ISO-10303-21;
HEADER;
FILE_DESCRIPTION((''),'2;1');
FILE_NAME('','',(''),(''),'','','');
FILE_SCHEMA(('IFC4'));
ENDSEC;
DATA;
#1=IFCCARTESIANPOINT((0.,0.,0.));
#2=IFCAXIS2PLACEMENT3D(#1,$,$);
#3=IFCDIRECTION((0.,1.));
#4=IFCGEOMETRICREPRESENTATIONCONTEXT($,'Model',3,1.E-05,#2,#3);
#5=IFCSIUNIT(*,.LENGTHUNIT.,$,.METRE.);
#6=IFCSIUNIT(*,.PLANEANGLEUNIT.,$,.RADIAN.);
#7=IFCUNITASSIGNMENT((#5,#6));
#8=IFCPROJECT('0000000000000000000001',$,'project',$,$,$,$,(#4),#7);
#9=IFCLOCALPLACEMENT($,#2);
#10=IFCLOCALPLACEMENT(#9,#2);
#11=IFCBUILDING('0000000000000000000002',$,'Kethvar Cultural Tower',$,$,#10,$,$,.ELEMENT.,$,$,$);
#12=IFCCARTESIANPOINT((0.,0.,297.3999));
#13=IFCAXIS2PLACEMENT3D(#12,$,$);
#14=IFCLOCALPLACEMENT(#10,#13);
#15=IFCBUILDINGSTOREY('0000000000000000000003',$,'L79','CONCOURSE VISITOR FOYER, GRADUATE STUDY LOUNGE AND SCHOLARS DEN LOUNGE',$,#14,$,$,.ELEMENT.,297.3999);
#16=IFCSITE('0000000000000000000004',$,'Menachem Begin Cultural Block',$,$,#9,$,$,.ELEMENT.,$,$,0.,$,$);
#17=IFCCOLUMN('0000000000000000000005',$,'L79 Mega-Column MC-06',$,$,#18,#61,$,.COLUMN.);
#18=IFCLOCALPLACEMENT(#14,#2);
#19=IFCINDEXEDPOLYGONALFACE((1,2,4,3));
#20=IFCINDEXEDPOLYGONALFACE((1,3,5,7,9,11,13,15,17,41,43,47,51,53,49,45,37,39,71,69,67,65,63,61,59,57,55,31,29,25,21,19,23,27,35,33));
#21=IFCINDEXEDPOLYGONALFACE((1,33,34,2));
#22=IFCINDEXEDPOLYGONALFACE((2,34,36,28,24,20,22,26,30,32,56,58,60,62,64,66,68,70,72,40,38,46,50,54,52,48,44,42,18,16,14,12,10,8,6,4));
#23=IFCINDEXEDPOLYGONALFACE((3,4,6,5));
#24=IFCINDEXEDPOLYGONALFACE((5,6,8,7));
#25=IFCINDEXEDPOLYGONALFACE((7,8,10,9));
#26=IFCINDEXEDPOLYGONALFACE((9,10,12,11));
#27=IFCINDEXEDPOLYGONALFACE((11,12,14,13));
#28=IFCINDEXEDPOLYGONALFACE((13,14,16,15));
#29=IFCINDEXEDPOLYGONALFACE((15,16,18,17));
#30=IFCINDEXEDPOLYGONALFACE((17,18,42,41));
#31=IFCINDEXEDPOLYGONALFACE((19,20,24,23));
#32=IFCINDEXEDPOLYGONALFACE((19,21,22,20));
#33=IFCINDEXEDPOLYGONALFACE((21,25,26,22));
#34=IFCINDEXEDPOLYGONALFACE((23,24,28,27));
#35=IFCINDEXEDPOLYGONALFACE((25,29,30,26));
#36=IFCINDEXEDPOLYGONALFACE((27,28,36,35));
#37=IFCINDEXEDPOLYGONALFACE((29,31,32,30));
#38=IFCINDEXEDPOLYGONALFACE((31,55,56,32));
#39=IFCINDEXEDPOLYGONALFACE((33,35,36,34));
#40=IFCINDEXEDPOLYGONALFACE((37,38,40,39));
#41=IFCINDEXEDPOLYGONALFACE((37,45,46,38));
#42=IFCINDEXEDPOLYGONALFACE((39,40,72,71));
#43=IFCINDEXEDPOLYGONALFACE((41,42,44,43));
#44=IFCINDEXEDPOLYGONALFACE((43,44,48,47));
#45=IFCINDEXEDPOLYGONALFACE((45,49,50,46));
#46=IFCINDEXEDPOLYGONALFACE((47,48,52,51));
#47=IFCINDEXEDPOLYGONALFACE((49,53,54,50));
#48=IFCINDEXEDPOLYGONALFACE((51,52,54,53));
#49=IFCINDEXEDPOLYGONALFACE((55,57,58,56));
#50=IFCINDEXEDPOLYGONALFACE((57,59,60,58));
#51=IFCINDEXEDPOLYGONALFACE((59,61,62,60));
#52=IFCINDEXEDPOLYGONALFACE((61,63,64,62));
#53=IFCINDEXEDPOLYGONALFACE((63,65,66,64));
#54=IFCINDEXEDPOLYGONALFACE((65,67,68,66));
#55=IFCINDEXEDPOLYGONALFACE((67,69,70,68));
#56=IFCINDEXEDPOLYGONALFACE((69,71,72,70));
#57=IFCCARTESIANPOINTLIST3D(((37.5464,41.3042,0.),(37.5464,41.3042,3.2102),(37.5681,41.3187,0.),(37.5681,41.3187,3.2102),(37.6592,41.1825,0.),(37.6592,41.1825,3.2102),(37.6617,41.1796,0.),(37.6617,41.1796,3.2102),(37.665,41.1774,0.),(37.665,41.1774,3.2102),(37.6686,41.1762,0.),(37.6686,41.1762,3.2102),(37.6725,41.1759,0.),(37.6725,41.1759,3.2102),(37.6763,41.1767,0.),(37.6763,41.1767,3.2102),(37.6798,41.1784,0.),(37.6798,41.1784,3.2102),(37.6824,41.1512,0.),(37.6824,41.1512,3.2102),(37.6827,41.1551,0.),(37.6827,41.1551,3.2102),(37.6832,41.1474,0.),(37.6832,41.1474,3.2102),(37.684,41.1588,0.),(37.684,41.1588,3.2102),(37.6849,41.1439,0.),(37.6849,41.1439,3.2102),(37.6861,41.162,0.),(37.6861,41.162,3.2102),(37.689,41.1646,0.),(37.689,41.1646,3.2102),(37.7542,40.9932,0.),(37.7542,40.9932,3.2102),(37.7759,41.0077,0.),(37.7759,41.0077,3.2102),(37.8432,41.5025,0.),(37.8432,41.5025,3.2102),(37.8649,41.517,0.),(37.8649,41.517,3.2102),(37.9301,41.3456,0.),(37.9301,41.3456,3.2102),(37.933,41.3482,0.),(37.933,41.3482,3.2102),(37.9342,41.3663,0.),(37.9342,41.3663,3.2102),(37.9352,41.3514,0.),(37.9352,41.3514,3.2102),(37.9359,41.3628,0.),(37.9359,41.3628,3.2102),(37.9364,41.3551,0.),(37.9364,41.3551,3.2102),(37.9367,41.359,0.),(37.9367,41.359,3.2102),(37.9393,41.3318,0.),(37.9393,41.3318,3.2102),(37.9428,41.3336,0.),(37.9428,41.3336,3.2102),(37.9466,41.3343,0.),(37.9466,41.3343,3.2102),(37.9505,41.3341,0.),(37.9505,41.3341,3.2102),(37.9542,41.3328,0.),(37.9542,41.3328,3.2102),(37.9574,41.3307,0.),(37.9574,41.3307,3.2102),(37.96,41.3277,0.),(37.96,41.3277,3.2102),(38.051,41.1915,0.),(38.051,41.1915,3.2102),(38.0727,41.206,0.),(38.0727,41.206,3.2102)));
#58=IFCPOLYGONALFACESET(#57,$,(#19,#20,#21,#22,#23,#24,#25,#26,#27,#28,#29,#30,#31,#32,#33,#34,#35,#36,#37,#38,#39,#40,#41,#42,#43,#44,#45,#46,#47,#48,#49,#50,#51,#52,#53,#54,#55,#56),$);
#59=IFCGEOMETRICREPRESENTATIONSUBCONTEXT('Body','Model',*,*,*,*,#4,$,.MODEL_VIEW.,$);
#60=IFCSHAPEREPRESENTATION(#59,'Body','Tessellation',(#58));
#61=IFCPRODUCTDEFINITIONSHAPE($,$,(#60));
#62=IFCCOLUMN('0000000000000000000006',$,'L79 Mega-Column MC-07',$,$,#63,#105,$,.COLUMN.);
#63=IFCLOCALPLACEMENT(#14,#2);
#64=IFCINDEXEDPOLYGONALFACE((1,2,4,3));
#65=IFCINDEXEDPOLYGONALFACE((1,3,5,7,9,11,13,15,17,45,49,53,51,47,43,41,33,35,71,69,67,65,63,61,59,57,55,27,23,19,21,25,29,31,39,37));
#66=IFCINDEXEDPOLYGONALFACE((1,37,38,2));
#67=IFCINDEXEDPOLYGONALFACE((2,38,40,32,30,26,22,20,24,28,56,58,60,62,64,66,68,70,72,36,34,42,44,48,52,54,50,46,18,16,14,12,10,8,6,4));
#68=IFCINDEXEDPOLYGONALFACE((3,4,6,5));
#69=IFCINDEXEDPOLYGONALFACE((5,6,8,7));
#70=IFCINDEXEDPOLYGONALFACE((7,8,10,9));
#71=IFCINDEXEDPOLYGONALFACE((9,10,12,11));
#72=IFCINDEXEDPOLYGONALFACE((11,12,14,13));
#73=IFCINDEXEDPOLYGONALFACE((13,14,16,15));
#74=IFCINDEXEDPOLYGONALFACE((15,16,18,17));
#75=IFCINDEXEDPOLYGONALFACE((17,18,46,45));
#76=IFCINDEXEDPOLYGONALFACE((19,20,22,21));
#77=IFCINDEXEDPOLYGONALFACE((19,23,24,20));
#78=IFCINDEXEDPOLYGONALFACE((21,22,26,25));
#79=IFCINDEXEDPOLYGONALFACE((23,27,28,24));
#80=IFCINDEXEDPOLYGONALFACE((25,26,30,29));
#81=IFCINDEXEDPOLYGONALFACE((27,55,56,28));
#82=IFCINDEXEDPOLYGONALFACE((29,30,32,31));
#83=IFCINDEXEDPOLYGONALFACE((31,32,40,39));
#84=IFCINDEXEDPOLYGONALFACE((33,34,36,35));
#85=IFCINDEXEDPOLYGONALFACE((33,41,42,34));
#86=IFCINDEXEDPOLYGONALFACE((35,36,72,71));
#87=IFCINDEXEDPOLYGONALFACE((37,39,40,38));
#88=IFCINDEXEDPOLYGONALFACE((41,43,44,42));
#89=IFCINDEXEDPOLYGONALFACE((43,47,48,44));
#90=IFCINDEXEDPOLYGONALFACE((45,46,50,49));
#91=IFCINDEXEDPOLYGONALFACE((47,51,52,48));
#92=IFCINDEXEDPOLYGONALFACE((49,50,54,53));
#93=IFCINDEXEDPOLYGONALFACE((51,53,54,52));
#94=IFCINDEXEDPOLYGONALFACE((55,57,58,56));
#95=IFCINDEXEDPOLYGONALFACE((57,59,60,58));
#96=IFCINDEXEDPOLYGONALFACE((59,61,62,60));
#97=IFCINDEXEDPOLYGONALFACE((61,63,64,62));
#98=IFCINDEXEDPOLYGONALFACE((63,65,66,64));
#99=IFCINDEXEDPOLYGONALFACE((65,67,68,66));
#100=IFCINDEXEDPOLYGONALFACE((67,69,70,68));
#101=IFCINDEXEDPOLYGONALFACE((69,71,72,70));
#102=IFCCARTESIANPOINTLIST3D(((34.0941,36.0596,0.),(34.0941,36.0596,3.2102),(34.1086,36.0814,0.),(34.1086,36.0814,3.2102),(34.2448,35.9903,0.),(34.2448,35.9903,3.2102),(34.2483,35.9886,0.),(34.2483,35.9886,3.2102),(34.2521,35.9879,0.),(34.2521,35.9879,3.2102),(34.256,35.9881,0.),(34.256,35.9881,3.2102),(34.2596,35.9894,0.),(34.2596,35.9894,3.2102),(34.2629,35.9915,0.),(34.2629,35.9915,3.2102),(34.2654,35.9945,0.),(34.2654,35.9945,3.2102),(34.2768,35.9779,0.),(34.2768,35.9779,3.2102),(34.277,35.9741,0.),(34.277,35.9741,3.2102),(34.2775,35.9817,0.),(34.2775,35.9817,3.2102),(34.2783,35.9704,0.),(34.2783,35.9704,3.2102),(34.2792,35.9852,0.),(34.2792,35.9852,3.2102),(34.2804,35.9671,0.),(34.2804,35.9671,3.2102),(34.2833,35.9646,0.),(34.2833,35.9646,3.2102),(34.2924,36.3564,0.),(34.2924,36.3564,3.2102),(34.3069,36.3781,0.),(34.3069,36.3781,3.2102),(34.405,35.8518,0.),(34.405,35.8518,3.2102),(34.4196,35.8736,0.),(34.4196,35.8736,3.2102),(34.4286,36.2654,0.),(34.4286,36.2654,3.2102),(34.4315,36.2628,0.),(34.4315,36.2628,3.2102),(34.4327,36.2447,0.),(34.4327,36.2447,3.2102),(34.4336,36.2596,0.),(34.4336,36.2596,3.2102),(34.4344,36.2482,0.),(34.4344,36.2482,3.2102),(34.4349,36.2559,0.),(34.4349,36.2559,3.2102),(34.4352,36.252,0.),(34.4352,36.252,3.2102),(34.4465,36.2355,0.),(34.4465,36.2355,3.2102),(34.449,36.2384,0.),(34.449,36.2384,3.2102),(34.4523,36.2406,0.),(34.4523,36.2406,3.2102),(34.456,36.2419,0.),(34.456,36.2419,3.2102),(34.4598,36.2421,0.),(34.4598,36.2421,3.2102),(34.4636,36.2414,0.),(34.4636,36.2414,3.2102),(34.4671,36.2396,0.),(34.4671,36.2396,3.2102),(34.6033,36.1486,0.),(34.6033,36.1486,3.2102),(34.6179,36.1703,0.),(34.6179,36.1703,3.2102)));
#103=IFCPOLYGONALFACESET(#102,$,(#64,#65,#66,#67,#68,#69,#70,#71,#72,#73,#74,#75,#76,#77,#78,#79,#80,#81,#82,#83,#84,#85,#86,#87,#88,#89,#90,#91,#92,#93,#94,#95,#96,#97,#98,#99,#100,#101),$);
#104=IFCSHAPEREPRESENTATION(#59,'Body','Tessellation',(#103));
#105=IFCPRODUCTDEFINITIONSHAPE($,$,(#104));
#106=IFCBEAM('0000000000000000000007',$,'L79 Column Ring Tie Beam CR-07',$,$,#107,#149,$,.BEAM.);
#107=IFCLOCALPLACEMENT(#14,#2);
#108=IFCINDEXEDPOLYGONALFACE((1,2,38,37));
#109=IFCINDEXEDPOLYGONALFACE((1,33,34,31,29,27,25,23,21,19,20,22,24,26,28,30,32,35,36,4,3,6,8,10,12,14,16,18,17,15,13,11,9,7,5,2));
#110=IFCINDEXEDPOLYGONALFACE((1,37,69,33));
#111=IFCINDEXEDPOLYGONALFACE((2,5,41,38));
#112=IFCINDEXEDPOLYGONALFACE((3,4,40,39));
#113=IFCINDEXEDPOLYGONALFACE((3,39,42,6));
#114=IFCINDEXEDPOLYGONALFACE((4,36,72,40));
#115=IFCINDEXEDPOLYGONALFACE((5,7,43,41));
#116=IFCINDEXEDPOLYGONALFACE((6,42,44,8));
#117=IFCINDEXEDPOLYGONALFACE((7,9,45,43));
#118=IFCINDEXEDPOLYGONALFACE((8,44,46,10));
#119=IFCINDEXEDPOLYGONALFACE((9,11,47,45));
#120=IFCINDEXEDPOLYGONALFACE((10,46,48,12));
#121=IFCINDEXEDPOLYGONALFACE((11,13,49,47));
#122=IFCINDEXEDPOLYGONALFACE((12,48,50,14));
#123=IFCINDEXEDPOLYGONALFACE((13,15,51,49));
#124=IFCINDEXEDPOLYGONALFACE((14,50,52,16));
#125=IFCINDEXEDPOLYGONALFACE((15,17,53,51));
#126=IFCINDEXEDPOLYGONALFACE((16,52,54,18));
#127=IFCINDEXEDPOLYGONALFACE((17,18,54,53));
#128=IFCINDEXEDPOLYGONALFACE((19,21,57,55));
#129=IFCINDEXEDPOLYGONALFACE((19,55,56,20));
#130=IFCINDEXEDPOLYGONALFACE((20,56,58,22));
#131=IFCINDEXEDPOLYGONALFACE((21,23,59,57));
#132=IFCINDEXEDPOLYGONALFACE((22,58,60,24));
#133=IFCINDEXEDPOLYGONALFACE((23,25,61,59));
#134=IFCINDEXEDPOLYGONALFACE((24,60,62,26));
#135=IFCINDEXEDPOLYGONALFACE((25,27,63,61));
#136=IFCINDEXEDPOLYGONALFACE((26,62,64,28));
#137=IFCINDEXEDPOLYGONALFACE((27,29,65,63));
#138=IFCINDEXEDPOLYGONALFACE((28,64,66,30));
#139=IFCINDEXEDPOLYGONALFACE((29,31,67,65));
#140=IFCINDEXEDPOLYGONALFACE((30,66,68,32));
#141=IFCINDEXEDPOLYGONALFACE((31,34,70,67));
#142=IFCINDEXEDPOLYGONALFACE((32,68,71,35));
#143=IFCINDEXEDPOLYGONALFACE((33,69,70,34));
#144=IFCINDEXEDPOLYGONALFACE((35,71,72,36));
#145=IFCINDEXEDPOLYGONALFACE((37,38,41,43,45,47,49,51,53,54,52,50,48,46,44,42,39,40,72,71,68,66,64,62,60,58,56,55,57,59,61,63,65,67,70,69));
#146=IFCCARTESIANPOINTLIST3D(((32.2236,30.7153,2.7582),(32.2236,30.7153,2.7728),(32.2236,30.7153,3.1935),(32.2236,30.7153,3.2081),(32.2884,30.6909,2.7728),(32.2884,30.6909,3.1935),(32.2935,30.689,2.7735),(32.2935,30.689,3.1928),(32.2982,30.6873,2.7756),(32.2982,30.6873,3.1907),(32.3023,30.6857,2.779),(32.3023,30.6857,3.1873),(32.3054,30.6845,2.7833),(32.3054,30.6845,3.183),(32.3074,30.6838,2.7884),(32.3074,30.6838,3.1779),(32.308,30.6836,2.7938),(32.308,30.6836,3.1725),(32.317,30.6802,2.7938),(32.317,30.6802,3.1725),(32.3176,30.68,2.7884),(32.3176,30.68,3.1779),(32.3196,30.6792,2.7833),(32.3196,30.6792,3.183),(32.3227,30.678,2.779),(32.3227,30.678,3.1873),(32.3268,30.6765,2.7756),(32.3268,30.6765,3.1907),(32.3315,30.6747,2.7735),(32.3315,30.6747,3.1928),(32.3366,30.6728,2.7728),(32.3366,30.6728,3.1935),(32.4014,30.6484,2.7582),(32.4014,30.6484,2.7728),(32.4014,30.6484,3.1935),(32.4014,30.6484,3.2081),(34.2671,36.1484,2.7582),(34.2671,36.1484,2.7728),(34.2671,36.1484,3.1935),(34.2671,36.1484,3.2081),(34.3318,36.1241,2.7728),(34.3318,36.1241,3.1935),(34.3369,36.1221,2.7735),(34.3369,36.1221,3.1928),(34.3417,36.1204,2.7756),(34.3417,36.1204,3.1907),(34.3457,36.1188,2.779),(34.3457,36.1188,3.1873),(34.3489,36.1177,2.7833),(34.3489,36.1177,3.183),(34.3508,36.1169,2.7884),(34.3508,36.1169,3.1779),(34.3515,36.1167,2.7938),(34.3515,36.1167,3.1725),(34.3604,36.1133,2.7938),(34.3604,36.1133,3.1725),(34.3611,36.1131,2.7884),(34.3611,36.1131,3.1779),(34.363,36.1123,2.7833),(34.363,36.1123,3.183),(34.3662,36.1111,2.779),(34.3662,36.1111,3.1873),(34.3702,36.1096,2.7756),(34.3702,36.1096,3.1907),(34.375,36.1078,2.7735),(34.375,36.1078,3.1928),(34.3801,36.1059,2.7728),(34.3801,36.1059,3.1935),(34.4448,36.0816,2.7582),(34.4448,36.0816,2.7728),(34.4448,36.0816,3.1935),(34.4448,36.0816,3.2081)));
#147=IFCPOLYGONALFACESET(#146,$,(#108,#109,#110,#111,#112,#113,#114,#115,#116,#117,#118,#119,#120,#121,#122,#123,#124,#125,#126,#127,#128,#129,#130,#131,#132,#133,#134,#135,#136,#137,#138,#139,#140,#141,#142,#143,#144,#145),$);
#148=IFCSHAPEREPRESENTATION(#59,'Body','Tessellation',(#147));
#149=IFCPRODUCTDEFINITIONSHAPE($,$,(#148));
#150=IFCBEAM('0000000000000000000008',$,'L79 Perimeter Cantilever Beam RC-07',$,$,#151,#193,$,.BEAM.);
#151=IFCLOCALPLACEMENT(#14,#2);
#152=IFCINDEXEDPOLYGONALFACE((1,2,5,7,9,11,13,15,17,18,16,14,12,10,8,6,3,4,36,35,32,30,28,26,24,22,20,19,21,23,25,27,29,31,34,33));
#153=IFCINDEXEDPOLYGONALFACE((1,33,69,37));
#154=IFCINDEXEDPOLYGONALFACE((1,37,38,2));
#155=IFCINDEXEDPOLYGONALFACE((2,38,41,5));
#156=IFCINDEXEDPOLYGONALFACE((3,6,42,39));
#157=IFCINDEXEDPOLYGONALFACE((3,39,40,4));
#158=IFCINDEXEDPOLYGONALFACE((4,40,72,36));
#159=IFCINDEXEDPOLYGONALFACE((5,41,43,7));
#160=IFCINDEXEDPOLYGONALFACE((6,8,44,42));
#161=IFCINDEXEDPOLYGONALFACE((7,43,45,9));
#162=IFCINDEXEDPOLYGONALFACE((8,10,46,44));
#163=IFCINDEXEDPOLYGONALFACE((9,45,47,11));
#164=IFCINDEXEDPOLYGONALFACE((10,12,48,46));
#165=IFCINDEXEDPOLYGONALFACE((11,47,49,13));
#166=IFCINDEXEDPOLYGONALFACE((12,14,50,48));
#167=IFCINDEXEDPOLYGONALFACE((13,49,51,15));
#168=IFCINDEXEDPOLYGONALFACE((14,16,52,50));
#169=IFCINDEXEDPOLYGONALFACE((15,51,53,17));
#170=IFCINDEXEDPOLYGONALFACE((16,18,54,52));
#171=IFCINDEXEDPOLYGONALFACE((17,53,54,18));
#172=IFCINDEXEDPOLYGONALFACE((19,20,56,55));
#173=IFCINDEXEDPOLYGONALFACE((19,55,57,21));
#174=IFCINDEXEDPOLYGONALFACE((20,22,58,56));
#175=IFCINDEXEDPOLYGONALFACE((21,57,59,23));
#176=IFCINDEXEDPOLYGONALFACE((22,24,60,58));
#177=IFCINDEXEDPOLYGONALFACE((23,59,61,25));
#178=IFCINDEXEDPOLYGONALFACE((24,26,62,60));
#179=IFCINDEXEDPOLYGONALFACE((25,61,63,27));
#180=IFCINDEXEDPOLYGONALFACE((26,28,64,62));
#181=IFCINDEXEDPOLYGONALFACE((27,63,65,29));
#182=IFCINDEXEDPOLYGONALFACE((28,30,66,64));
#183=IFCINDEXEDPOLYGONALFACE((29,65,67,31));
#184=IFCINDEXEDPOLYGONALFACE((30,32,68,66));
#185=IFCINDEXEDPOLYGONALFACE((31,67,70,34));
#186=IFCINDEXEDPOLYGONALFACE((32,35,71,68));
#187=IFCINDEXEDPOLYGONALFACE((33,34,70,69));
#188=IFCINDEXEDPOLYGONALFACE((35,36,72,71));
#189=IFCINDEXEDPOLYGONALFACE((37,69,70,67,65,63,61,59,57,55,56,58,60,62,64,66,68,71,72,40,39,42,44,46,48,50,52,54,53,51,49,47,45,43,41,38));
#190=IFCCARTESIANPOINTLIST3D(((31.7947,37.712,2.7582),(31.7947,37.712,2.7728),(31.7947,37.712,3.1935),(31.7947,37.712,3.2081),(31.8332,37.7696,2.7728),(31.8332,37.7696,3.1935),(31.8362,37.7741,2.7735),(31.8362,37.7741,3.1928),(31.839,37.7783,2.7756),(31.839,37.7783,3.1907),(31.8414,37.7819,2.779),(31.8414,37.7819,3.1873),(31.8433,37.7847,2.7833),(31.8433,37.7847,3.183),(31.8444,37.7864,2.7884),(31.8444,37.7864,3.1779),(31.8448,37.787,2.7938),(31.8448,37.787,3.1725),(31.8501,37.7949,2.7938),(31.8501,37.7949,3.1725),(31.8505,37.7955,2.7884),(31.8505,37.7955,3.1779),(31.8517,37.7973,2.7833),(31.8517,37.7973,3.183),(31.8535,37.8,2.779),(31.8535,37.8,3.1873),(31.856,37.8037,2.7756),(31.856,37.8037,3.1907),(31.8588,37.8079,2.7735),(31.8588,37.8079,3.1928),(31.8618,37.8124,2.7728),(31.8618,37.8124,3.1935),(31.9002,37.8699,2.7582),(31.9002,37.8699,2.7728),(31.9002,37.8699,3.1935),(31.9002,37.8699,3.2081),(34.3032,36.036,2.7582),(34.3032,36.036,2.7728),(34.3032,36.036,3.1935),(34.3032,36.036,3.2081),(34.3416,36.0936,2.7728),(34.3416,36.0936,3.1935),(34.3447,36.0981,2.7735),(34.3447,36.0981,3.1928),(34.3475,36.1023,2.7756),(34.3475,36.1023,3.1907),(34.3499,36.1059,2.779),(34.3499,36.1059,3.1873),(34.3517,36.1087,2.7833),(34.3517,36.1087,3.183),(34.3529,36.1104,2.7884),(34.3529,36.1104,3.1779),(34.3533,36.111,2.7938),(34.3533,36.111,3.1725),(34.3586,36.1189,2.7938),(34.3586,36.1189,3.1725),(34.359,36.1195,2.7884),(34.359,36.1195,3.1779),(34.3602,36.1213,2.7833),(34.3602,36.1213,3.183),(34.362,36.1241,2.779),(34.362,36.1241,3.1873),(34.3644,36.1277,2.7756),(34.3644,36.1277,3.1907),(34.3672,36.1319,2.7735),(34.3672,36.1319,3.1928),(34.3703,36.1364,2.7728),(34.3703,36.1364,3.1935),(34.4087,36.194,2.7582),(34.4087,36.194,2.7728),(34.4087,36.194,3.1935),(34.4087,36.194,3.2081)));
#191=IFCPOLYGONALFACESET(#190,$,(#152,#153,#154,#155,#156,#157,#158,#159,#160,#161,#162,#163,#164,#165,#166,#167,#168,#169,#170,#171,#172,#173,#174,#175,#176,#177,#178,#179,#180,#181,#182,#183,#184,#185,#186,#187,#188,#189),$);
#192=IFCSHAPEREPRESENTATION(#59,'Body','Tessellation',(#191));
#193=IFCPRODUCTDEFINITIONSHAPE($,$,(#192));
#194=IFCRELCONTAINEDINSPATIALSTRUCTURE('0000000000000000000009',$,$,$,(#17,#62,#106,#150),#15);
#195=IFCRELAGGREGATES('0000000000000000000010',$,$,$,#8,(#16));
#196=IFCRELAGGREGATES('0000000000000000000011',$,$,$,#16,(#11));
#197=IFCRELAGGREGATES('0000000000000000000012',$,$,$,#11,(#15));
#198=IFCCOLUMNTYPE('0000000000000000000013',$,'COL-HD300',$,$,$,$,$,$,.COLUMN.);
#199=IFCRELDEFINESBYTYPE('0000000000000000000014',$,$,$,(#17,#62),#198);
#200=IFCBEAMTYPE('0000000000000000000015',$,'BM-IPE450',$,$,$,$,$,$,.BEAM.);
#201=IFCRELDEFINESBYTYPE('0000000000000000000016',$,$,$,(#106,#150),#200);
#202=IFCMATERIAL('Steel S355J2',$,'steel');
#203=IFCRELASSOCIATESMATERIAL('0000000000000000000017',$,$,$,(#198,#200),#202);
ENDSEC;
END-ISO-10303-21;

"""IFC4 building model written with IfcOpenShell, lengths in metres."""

from ifc_helpers import new_model, si_unit, direction, frame, origin, origin_2d, place, context, subcontext, project, spatial, i_section, extrude, source, transform, mapped, material, material_profile, profile_set, type_object, element, save


model = new_model("IFC4")

# Units and contexts
model_context = context("Model", 3, precision=1e-05, world=origin(), true_north=direction((0.0, 1.0)))
body_context = subcontext(model_context, "Body", "Model", "MODEL_VIEW")
ifc_project = project(units=[si_unit("LENGTHUNIT", "METRE"), si_unit("PLANEANGLEUNIT", "RADIAN")], contexts=[model_context])

# Site, building, storey
site_placement = place(None, origin())
site = spatial("IfcSite", under=ifc_project, at=site_placement, Name="Menachem Begin Cultural Block", CompositionType="ELEMENT", RefElevation=0.0)
building_placement = place(site_placement, origin())
building = spatial("IfcBuilding", under=site, at=building_placement, Name="Kethvar Cultural Tower", CompositionType="ELEMENT")
storey_placement = place(building_placement, frame((0.0, 0.0, 297.3999)))
storey = spatial("IfcBuildingStorey", under=building, at=storey_placement, Name="L79", Description="CONCOURSE VISITOR FOYER, GRADUATE STUDY LOUNGE AND SCHOLARS DEN LOUNGE", CompositionType="ELEMENT", Elevation=297.3999)

# Columns
ifc_material_1 = material(Name="Steel S355J2", Category="steel")
ifc_material_profile_1 = material_profile(ifc_material_1, i_section(OverallWidth=0.374, OverallDepth=0.3831, WebThickness=0.0166, FlangeThickness=0.0261, FilletRadius=0.0149, at=origin_2d()), Name="Steel S355J2 — HD360x300")
ifc_profile_set_1 = profile_set([ifc_material_profile_1], Name="Steel S355J2 — HD360x300")
column_type = type_object("IfcColumnType", Name="COL-HD300", PredefinedType="COLUMN", material=ifc_profile_set_1)
shared_shape_1 = source(origin(), body_context, "Body", "SweptSolid", [
    extrude(i_section(OverallWidth=0.374, OverallDepth=0.3831, WebThickness=0.0166, FlangeThickness=0.0261, FilletRadius=0.0149, at=origin_2d()), origin(), (0.0, 0.0, 1.0), 3.2102),
])
for number, where, z_axis, x_axis, name in (
    (1, (37.8096, 41.2551, 0.0), (0.0, 0.0, 1.0), (-0.55557, 0.83147, 0.0), "L79 Mega-Column MC-06"),
    (2, (34.356, 36.115, 0.0), (0.0, 0.0, 1.0), (-0.83147, 0.55557, 0.0), "L79 Mega-Column MC-07"),
):
    element("IfcColumn", number, at=place(storey_placement, frame(where, z_axis=z_axis, x_axis=x_axis)), inside=storey, type_object=column_type, Name=name, PredefinedType="COLUMN", context=body_context, shape_type="MappedRepresentation", body=[
        mapped(shared_shape_1, transform((0.0, 0.0, 0.0), scale=1.0)),
    ])

# Beams
ifc_material_profile_2 = material_profile(ifc_material_1, i_section(OverallWidth=0.1899, OverallDepth=0.45, WebThickness=0.0095, FlangeThickness=0.0146, FilletRadius=0.021, at=origin_2d()), Name="Steel S355J2 — IPE450")
ifc_profile_set_2 = profile_set([ifc_material_profile_2], Name="Steel S355J2 — IPE450")
beam_type_1 = type_object("IfcBeamType", Name="BM-IPE450", PredefinedType="BEAM", material=ifc_profile_set_2)
shared_shape_2 = source(origin(), body_context, "Body", "SweptSolid", [
    extrude(i_section(OverallWidth=0.1899, OverallDepth=0.45, WebThickness=0.0095, FlangeThickness=0.0146, FilletRadius=0.021, at=origin_2d()), origin(), (0.0, 0.0, 1.0), 5.8047),
])
beam_1_placement = place(storey_placement, frame((34.356, 36.115, 2.9832), z_axis=(-0.352036, -0.935986, 0.0), x_axis=(0.935986, -0.352036, 0.0)))
element("IfcBeam", 3, at=beam_1_placement, inside=storey, type_object=beam_type_1, Name="L79 Column Ring Tie Beam CR-07", PredefinedType="BEAM", context=body_context, shape_type="MappedRepresentation", body=[
    mapped(shared_shape_2, transform((0.0, 0.0, 0.0), scale=1.0)),
])
shared_shape_3 = source(origin(), body_context, "Body", "SweptSolid", [
    extrude(i_section(OverallWidth=0.1899, OverallDepth=0.45, WebThickness=0.0095, FlangeThickness=0.0146, FilletRadius=0.021, at=origin_2d()), origin(), (0.0, 0.0, 1.0), 3.0168),
])
beam_2_placement = place(storey_placement, frame((34.356, 36.115, 2.9832), z_axis=(-0.83149, 0.55554, 0.0), x_axis=(-0.55554, -0.83149, 0.0)))
element("IfcBeam", 4, at=beam_2_placement, inside=storey, type_object=beam_type_1, Name="L79 Perimeter Cantilever Beam RC-07", PredefinedType="BEAM", context=body_context, shape_type="MappedRepresentation", body=[
    mapped(shared_shape_3, transform((0.0, 0.0, 0.0), scale=1.0)),
])

save(model, "model.ifc")
